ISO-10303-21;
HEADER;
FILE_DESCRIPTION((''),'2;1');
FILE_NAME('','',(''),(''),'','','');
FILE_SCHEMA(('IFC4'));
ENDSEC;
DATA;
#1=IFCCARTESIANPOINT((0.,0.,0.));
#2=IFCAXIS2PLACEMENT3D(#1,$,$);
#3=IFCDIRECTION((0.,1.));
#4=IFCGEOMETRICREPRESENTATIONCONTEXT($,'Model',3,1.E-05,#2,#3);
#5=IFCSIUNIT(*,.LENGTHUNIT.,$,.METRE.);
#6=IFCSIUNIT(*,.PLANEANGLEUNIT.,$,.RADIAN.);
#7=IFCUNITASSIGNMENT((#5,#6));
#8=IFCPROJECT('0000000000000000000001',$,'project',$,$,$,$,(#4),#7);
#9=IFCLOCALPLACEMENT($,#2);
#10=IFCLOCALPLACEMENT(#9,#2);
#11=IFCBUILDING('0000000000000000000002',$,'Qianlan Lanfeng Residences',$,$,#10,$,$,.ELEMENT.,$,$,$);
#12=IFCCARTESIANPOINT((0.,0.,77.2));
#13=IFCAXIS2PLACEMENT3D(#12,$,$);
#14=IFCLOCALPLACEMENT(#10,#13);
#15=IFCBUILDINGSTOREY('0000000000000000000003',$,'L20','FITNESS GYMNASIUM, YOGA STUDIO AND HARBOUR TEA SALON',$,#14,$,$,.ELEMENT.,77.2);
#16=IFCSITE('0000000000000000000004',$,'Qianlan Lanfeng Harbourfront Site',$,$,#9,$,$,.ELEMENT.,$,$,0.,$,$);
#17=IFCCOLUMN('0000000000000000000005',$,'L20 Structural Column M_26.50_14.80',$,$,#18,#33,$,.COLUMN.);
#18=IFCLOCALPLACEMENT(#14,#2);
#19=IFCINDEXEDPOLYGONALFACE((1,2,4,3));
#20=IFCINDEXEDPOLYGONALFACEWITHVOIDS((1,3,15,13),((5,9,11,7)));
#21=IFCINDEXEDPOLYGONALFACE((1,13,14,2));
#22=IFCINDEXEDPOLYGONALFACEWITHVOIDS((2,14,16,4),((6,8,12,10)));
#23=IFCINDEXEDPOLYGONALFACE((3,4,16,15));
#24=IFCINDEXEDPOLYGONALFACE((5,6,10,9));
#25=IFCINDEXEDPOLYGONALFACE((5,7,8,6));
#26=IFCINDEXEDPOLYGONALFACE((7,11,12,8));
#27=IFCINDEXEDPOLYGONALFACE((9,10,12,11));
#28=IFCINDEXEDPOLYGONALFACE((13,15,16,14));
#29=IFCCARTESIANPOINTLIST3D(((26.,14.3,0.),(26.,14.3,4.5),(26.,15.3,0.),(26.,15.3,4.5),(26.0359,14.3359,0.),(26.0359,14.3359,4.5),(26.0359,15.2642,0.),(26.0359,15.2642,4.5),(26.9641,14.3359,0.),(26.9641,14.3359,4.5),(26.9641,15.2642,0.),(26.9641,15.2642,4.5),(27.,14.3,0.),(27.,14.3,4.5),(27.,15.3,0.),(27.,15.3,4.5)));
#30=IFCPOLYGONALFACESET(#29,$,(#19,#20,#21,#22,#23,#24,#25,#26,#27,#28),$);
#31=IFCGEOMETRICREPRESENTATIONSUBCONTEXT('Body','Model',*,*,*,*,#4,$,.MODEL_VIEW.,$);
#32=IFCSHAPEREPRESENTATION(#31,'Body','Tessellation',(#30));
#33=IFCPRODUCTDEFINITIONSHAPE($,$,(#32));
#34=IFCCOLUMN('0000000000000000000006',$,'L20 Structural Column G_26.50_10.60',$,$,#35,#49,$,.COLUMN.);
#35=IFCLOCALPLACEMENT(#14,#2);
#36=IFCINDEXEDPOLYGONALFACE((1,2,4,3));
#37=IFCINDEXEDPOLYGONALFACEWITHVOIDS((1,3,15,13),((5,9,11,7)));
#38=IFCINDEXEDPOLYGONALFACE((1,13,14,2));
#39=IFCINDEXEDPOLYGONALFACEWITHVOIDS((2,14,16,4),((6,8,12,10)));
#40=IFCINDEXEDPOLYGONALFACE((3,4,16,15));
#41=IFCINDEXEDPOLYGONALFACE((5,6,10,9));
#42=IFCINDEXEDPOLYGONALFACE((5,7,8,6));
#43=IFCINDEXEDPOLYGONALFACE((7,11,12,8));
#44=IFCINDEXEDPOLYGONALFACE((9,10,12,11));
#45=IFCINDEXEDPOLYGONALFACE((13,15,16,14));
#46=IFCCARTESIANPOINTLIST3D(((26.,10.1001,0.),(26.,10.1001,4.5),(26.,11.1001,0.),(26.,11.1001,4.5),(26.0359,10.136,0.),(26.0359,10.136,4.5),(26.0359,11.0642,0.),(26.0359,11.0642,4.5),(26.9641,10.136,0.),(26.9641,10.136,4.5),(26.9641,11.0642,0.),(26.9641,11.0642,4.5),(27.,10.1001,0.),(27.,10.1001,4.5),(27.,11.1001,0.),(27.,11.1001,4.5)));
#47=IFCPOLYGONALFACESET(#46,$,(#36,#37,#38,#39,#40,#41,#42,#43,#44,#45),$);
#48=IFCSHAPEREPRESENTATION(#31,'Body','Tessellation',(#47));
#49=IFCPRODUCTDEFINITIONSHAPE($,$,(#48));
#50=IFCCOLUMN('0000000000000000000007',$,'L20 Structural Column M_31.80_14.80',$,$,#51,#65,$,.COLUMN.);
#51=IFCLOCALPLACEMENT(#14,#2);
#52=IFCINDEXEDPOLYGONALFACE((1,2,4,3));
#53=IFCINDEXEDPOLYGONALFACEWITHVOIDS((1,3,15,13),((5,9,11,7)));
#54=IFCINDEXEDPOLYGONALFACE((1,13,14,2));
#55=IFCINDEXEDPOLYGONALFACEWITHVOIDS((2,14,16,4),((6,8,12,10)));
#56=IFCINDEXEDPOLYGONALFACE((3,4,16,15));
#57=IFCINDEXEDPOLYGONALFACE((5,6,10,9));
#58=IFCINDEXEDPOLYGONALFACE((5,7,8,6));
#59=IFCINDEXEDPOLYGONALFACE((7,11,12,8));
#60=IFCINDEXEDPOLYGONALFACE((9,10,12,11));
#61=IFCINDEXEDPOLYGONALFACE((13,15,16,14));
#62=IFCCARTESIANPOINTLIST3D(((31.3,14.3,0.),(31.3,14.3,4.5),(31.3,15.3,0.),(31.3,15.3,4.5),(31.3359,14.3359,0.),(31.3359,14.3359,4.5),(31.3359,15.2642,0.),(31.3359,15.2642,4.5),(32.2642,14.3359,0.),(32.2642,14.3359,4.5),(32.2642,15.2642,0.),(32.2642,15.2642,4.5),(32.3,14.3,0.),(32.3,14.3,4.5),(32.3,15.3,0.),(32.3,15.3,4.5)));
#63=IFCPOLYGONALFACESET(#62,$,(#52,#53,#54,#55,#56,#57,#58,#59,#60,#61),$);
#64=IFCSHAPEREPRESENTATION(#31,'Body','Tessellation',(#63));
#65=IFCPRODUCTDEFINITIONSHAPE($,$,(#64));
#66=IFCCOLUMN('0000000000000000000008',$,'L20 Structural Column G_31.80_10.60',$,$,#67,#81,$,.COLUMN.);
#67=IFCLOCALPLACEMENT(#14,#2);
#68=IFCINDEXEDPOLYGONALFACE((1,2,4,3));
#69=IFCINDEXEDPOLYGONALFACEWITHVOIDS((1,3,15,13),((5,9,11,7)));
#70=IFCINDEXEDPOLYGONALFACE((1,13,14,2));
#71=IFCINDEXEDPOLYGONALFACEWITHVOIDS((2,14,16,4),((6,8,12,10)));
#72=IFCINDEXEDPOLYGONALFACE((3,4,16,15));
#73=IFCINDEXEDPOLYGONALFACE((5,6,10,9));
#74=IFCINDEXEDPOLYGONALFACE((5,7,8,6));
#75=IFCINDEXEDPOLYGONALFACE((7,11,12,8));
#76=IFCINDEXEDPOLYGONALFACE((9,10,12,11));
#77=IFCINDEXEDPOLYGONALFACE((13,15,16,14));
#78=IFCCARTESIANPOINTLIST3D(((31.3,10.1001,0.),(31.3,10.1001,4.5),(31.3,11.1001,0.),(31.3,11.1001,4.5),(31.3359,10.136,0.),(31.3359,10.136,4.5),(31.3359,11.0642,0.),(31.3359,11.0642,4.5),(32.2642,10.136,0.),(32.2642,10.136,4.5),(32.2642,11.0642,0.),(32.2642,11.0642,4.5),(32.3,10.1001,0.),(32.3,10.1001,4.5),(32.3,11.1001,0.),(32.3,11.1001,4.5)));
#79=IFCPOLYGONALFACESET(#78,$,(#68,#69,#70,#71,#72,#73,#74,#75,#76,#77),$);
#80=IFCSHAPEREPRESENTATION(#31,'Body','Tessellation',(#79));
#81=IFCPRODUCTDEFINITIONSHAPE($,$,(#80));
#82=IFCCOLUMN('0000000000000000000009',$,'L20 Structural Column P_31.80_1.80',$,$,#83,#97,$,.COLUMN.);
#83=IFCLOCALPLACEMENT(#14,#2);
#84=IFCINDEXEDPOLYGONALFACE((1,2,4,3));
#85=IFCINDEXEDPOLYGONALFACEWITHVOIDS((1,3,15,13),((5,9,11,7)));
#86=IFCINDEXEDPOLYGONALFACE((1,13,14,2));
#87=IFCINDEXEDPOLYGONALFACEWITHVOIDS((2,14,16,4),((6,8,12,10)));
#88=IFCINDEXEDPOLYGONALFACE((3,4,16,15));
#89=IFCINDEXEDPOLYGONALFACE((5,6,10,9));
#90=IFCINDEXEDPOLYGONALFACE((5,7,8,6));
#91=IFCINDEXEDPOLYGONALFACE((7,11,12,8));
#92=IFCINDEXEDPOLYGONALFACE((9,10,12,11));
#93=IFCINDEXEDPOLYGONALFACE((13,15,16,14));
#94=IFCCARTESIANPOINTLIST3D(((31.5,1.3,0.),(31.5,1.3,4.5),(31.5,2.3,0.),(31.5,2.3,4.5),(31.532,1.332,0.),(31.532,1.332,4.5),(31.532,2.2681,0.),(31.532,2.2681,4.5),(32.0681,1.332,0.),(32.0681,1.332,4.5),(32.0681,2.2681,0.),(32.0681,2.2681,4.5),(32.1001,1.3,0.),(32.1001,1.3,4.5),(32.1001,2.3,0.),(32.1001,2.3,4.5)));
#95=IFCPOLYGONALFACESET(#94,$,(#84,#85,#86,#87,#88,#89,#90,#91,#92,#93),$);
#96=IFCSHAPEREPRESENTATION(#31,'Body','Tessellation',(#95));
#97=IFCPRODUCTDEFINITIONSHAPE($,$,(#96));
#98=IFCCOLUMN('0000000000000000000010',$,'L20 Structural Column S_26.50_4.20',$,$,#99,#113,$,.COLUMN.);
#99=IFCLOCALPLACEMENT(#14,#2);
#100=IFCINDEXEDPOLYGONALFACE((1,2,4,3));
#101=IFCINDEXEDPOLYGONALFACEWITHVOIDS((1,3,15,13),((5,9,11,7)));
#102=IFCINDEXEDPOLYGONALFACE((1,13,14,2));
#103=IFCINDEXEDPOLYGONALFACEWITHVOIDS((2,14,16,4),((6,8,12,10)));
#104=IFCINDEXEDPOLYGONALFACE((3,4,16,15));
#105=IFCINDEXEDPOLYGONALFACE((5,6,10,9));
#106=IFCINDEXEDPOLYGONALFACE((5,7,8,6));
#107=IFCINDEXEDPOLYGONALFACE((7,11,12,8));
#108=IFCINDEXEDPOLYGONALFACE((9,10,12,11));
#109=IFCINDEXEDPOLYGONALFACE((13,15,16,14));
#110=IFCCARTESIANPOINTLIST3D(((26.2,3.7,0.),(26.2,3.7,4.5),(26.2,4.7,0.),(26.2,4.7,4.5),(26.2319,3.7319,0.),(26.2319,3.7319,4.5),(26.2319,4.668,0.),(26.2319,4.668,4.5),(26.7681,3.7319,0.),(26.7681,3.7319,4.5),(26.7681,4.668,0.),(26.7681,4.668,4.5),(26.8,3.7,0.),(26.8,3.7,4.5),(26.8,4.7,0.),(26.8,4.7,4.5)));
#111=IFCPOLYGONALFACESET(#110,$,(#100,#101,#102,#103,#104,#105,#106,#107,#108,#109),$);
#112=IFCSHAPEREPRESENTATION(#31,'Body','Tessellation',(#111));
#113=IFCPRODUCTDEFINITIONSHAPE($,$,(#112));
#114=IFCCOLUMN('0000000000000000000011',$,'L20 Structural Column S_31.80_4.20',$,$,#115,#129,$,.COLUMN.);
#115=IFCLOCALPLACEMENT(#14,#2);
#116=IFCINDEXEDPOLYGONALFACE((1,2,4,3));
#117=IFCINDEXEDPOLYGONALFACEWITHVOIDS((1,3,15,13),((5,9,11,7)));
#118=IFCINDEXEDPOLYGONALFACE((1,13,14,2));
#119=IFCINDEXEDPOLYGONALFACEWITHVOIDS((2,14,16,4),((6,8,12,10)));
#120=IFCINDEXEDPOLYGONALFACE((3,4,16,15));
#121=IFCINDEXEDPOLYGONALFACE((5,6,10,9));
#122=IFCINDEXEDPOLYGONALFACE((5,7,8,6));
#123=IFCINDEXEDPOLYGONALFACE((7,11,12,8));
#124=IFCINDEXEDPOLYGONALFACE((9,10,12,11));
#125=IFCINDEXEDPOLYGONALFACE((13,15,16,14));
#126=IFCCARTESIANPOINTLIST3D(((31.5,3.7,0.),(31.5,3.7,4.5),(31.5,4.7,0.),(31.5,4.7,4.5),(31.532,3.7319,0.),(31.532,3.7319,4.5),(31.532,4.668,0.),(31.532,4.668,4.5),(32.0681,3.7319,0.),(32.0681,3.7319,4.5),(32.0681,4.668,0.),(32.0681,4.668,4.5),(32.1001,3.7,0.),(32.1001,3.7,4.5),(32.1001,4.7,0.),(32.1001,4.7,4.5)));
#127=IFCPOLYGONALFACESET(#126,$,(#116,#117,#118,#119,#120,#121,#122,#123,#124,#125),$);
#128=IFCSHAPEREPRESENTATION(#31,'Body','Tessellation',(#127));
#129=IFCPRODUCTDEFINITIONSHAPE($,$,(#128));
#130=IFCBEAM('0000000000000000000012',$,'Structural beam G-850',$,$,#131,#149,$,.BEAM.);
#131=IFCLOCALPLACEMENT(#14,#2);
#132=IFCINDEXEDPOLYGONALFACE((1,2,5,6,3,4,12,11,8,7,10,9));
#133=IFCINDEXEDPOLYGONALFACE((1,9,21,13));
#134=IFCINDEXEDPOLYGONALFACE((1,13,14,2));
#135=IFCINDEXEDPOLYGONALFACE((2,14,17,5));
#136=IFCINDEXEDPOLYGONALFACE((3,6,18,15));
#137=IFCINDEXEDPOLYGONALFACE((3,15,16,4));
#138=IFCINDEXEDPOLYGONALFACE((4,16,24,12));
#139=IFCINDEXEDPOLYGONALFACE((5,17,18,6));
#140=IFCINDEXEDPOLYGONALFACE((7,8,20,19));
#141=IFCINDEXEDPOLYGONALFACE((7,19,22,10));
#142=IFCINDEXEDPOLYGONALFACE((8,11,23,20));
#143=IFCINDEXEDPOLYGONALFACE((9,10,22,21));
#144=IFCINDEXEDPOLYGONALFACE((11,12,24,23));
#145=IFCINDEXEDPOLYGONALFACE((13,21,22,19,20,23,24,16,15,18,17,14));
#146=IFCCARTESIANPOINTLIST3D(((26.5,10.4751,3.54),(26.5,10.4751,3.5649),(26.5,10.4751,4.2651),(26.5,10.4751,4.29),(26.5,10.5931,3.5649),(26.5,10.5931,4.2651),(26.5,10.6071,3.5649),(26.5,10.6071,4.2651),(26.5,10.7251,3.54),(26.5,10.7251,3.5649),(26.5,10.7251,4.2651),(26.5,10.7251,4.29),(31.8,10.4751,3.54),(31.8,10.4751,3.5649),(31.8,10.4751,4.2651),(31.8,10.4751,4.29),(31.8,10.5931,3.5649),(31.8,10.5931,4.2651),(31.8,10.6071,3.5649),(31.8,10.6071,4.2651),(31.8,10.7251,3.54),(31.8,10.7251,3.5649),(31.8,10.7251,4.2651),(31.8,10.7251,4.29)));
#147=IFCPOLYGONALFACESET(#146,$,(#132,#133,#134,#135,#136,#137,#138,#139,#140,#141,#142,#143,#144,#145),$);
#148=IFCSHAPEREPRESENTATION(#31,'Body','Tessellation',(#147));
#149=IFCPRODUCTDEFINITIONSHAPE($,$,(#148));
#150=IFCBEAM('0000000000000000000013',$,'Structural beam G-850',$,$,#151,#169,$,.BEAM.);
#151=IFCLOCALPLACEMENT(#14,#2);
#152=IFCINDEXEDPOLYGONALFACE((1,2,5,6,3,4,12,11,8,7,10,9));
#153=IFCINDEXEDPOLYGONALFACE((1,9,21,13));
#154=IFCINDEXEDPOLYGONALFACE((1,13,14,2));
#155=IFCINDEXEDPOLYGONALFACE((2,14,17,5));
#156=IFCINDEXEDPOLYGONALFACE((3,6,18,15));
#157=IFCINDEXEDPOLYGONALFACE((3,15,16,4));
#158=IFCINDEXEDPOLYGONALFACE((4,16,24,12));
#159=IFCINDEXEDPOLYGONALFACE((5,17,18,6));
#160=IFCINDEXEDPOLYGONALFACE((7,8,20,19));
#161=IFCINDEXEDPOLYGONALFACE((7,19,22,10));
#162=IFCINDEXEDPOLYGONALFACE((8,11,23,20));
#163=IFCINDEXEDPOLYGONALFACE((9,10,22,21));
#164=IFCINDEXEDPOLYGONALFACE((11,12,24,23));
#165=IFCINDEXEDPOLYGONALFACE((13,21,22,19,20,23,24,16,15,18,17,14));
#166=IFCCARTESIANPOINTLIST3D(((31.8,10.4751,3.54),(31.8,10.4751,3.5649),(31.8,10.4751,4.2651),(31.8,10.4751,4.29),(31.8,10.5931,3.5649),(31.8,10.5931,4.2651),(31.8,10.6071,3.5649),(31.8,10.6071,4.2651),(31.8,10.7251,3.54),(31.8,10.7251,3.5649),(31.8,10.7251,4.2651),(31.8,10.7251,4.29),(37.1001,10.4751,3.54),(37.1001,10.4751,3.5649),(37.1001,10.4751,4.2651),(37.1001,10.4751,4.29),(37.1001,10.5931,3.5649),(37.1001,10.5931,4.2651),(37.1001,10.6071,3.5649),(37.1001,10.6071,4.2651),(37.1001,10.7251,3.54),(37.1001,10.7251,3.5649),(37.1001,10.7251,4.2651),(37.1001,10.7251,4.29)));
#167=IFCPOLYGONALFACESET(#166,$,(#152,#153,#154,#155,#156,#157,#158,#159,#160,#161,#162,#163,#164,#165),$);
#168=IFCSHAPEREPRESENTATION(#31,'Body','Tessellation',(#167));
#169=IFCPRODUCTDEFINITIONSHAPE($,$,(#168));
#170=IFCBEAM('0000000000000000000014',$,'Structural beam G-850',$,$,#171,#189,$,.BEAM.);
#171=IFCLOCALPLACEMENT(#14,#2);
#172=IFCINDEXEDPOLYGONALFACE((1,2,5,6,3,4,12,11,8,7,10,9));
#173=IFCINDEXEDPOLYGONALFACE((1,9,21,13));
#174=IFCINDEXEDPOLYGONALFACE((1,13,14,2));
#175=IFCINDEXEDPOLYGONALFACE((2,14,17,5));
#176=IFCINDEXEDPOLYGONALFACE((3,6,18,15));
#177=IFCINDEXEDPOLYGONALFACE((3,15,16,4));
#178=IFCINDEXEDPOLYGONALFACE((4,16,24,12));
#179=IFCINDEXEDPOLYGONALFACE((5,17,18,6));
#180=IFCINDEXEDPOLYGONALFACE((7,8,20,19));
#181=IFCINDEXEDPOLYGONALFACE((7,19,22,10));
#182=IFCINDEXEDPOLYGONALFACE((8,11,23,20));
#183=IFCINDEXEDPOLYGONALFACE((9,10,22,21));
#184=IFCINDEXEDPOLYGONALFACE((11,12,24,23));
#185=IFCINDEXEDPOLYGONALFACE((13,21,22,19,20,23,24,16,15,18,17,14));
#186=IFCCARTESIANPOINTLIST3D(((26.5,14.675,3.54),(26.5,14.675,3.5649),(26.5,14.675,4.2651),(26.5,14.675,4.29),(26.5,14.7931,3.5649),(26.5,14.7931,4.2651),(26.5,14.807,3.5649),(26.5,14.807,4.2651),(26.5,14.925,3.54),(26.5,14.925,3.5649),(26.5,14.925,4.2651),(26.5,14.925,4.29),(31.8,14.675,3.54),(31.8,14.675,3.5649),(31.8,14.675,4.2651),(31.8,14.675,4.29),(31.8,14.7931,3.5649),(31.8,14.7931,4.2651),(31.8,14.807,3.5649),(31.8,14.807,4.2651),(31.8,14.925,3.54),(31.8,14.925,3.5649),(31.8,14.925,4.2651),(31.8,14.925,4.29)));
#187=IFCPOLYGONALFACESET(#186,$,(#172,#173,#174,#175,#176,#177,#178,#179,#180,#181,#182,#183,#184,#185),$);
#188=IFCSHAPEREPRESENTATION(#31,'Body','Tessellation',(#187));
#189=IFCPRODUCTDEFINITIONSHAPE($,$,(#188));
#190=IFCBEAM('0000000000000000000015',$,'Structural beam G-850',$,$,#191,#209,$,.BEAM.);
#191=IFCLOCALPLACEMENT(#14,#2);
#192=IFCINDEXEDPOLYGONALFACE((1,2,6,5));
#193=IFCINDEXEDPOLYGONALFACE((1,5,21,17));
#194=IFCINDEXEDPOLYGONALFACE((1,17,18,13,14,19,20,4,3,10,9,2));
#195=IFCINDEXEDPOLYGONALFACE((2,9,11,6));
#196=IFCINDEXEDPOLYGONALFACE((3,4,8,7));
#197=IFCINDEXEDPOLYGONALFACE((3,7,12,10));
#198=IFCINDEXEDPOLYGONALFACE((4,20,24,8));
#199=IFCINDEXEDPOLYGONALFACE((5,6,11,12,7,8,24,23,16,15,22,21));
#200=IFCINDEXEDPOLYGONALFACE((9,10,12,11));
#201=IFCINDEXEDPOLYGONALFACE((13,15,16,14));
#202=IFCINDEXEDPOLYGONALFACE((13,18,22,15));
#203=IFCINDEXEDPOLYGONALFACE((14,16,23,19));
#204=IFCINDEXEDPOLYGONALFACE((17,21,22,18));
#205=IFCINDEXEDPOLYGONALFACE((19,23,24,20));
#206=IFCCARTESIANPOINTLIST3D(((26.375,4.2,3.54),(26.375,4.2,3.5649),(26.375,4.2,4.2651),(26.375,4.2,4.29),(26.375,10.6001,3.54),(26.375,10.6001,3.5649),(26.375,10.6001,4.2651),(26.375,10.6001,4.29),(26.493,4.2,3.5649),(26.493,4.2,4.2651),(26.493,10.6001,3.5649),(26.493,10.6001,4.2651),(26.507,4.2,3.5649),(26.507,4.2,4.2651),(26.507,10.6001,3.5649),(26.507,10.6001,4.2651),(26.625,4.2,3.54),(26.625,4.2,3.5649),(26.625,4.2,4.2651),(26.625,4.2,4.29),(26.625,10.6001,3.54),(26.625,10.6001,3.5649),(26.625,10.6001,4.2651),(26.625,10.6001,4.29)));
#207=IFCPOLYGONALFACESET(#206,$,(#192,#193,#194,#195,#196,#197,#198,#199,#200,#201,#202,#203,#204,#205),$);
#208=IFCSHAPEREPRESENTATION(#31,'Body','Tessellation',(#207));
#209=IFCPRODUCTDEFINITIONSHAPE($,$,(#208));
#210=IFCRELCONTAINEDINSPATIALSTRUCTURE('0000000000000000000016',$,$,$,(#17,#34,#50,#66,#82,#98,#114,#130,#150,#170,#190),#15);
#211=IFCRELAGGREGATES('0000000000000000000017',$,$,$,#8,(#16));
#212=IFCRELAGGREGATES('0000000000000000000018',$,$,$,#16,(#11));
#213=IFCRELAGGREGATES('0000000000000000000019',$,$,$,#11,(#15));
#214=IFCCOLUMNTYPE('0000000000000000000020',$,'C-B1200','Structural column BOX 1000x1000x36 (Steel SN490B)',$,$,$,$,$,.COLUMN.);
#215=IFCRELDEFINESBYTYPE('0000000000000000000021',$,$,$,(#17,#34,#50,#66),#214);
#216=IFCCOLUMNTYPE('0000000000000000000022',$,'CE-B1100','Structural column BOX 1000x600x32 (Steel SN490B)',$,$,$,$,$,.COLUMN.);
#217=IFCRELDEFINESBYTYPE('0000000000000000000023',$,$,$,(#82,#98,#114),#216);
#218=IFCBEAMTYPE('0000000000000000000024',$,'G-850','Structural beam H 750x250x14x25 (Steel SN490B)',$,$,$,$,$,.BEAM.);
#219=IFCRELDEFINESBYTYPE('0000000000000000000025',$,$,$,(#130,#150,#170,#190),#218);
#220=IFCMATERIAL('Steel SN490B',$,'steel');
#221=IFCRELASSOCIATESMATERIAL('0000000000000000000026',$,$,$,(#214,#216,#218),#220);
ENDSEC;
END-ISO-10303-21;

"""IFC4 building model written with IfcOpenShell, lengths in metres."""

from ifc_helpers import new_model, si_unit, direction, frame, origin, origin_2d, place, context, subcontext, project, spatial, hollow_rectangle, i_section, extrude, material, material_profile, profile_set, type_object, element, save


model = new_model("IFC4")

# Units and contexts
model_context = context("Model", 3, precision=1e-05, world=origin(), true_north=direction((0.0, 1.0)))
body_context = subcontext(model_context, "Body", "Model", "MODEL_VIEW")
ifc_project = project(units=[si_unit("LENGTHUNIT", "METRE"), si_unit("PLANEANGLEUNIT", "RADIAN")], contexts=[model_context])

# Site, building, storey
site_placement = place(None, origin())
site = spatial("IfcSite", under=ifc_project, at=site_placement, Name="Qianlan Lanfeng Harbourfront Site", CompositionType="ELEMENT", RefElevation=0.0)
building_placement = place(site_placement, origin())
building = spatial("IfcBuilding", under=site, at=building_placement, Name="Qianlan Lanfeng Residences", CompositionType="ELEMENT")
storey_placement = place(building_placement, frame((0.0, 0.0, 77.2)))
storey = spatial("IfcBuildingStorey", under=building, at=storey_placement, Name="L20", Description="FITNESS GYMNASIUM, YOGA STUDIO AND HARBOUR TEA SALON", CompositionType="ELEMENT", Elevation=77.2)

# Columns
ifc_material_1 = material(Name="Steel SN490B", Category="steel")
ifc_material_profile_1 = material_profile(ifc_material_1, hollow_rectangle(XDim=1.0, YDim=1.0, WallThickness=0.0359, at=origin_2d()), Name="BOX 1000x1000x36")
ifc_profile_set_1 = profile_set([ifc_material_profile_1], Name="Steel SN490B")
column_type_1 = type_object("IfcColumnType", Name="C-B1200", Description="Structural column BOX 1000x1000x36 (Steel SN490B)", PredefinedType="COLUMN", material=ifc_profile_set_1)
for number, where, z_axis, x_axis, name in (
    (1, (26.5, 14.8, 0.0), (0.0, 0.0, 1.0), (1.0, 0.0, 0.0), "L20 Structural Column M_26.50_14.80"),
    (2, (26.5, 10.6001, 0.0), (0.0, 0.0, 1.0), (1.0, 0.0, 0.0), "L20 Structural Column G_26.50_10.60"),
    (3, (31.8, 14.8, 0.0), (0.0, 0.0, 1.0), (1.0, 0.0, 0.0), "L20 Structural Column M_31.80_14.80"),
    (4, (31.8, 10.6001, 0.0), (0.0, 0.0, 1.0), (1.0, 0.0, 0.0), "L20 Structural Column G_31.80_10.60"),
):
    element("IfcColumn", number, at=place(storey_placement, frame(where, z_axis=z_axis, x_axis=x_axis)), inside=storey, type_object=column_type_1, Name=name, PredefinedType="COLUMN", context=body_context, shape_type="SweptSolid", body=[
        extrude(hollow_rectangle(XDim=1.0, YDim=1.0, WallThickness=0.0359, at=origin_2d()), origin(), (0.0, 0.0, 1.0), 4.5),
    ])
ifc_material_profile_2 = material_profile(ifc_material_1, hollow_rectangle(XDim=0.6001, YDim=1.0, WallThickness=0.032, at=origin_2d()), Name="BOX 1000x600x32")
ifc_profile_set_2 = profile_set([ifc_material_profile_2], Name="Steel SN490B")
column_type_2 = type_object("IfcColumnType", Name="CE-B1100", Description="Structural column BOX 1000x600x32 (Steel SN490B)", PredefinedType="COLUMN", material=ifc_profile_set_2)
for number, where, z_axis, x_axis, name in (
    (5, (31.8, 1.8, 0.0), (0.0, 0.0, 1.0), (1.0, 0.0, 0.0), "L20 Structural Column P_31.80_1.80"),
    (6, (26.5, 4.2, 0.0), (0.0, 0.0, 1.0), (1.0, 0.0, 0.0), "L20 Structural Column S_26.50_4.20"),
    (7, (31.8, 4.2, 0.0), (0.0, 0.0, 1.0), (1.0, 0.0, 0.0), "L20 Structural Column S_31.80_4.20"),
):
    element("IfcColumn", number, at=place(storey_placement, frame(where, z_axis=z_axis, x_axis=x_axis)), inside=storey, type_object=column_type_2, Name=name, PredefinedType="COLUMN", context=body_context, shape_type="SweptSolid", body=[
        extrude(hollow_rectangle(XDim=0.6001, YDim=1.0, WallThickness=0.032, at=origin_2d()), origin(), (0.0, 0.0, 1.0), 4.5),
    ])

# Beams
ifc_material_profile_3 = material_profile(ifc_material_1, i_section(OverallWidth=0.25, OverallDepth=0.75, WebThickness=0.0139, FlangeThickness=0.0249, at=origin_2d()), Name="H 750x250x14x25")
ifc_profile_set_3 = profile_set([ifc_material_profile_3], Name="Steel SN490B")
beam_type_1 = type_object("IfcBeamType", Name="G-850", Description="Structural beam H 750x250x14x25 (Steel SN490B)", PredefinedType="BEAM", material=ifc_profile_set_3)
for number, where, z_axis, x_axis, name in (
    (8, (26.5, 10.6001, 3.915), (1.0, 0.0, 0.0), (0.0, 1.0, 0.0), "Structural beam G-850"),
    (9, (31.8, 10.6001, 3.915), (1.0, 0.0, 0.0), (0.0, 1.0, 0.0), "Structural beam G-850"),
    (10, (26.5, 14.8, 3.915), (1.0, 0.0, 0.0), (0.0, 1.0, 0.0), "Structural beam G-850"),
):
    element("IfcBeam", number, at=place(storey_placement, frame(where, z_axis=z_axis, x_axis=x_axis)), inside=storey, type_object=beam_type_1, Name=name, PredefinedType="BEAM", context=body_context, shape_type="SweptSolid", body=[
        extrude(i_section(OverallWidth=0.25, OverallDepth=0.75, WebThickness=0.0139, FlangeThickness=0.0249, at=origin_2d()), origin(), (0.0, 0.0, 1.0), 5.3),
    ])
beam_1_placement = place(storey_placement, frame((26.5, 4.2, 3.915), z_axis=(0.0, 1.0, 0.0), x_axis=(-1.0, 0.0, 0.0)))
element("IfcBeam", 11, at=beam_1_placement, inside=storey, type_object=beam_type_1, Name="Structural beam G-850", PredefinedType="BEAM", context=body_context, shape_type="SweptSolid", body=[
    extrude(i_section(OverallWidth=0.25, OverallDepth=0.75, WebThickness=0.0139, FlangeThickness=0.0249, at=origin_2d()), origin(), (0.0, 0.0, 1.0), 6.4001),
])

save(model, "model.ifc")
